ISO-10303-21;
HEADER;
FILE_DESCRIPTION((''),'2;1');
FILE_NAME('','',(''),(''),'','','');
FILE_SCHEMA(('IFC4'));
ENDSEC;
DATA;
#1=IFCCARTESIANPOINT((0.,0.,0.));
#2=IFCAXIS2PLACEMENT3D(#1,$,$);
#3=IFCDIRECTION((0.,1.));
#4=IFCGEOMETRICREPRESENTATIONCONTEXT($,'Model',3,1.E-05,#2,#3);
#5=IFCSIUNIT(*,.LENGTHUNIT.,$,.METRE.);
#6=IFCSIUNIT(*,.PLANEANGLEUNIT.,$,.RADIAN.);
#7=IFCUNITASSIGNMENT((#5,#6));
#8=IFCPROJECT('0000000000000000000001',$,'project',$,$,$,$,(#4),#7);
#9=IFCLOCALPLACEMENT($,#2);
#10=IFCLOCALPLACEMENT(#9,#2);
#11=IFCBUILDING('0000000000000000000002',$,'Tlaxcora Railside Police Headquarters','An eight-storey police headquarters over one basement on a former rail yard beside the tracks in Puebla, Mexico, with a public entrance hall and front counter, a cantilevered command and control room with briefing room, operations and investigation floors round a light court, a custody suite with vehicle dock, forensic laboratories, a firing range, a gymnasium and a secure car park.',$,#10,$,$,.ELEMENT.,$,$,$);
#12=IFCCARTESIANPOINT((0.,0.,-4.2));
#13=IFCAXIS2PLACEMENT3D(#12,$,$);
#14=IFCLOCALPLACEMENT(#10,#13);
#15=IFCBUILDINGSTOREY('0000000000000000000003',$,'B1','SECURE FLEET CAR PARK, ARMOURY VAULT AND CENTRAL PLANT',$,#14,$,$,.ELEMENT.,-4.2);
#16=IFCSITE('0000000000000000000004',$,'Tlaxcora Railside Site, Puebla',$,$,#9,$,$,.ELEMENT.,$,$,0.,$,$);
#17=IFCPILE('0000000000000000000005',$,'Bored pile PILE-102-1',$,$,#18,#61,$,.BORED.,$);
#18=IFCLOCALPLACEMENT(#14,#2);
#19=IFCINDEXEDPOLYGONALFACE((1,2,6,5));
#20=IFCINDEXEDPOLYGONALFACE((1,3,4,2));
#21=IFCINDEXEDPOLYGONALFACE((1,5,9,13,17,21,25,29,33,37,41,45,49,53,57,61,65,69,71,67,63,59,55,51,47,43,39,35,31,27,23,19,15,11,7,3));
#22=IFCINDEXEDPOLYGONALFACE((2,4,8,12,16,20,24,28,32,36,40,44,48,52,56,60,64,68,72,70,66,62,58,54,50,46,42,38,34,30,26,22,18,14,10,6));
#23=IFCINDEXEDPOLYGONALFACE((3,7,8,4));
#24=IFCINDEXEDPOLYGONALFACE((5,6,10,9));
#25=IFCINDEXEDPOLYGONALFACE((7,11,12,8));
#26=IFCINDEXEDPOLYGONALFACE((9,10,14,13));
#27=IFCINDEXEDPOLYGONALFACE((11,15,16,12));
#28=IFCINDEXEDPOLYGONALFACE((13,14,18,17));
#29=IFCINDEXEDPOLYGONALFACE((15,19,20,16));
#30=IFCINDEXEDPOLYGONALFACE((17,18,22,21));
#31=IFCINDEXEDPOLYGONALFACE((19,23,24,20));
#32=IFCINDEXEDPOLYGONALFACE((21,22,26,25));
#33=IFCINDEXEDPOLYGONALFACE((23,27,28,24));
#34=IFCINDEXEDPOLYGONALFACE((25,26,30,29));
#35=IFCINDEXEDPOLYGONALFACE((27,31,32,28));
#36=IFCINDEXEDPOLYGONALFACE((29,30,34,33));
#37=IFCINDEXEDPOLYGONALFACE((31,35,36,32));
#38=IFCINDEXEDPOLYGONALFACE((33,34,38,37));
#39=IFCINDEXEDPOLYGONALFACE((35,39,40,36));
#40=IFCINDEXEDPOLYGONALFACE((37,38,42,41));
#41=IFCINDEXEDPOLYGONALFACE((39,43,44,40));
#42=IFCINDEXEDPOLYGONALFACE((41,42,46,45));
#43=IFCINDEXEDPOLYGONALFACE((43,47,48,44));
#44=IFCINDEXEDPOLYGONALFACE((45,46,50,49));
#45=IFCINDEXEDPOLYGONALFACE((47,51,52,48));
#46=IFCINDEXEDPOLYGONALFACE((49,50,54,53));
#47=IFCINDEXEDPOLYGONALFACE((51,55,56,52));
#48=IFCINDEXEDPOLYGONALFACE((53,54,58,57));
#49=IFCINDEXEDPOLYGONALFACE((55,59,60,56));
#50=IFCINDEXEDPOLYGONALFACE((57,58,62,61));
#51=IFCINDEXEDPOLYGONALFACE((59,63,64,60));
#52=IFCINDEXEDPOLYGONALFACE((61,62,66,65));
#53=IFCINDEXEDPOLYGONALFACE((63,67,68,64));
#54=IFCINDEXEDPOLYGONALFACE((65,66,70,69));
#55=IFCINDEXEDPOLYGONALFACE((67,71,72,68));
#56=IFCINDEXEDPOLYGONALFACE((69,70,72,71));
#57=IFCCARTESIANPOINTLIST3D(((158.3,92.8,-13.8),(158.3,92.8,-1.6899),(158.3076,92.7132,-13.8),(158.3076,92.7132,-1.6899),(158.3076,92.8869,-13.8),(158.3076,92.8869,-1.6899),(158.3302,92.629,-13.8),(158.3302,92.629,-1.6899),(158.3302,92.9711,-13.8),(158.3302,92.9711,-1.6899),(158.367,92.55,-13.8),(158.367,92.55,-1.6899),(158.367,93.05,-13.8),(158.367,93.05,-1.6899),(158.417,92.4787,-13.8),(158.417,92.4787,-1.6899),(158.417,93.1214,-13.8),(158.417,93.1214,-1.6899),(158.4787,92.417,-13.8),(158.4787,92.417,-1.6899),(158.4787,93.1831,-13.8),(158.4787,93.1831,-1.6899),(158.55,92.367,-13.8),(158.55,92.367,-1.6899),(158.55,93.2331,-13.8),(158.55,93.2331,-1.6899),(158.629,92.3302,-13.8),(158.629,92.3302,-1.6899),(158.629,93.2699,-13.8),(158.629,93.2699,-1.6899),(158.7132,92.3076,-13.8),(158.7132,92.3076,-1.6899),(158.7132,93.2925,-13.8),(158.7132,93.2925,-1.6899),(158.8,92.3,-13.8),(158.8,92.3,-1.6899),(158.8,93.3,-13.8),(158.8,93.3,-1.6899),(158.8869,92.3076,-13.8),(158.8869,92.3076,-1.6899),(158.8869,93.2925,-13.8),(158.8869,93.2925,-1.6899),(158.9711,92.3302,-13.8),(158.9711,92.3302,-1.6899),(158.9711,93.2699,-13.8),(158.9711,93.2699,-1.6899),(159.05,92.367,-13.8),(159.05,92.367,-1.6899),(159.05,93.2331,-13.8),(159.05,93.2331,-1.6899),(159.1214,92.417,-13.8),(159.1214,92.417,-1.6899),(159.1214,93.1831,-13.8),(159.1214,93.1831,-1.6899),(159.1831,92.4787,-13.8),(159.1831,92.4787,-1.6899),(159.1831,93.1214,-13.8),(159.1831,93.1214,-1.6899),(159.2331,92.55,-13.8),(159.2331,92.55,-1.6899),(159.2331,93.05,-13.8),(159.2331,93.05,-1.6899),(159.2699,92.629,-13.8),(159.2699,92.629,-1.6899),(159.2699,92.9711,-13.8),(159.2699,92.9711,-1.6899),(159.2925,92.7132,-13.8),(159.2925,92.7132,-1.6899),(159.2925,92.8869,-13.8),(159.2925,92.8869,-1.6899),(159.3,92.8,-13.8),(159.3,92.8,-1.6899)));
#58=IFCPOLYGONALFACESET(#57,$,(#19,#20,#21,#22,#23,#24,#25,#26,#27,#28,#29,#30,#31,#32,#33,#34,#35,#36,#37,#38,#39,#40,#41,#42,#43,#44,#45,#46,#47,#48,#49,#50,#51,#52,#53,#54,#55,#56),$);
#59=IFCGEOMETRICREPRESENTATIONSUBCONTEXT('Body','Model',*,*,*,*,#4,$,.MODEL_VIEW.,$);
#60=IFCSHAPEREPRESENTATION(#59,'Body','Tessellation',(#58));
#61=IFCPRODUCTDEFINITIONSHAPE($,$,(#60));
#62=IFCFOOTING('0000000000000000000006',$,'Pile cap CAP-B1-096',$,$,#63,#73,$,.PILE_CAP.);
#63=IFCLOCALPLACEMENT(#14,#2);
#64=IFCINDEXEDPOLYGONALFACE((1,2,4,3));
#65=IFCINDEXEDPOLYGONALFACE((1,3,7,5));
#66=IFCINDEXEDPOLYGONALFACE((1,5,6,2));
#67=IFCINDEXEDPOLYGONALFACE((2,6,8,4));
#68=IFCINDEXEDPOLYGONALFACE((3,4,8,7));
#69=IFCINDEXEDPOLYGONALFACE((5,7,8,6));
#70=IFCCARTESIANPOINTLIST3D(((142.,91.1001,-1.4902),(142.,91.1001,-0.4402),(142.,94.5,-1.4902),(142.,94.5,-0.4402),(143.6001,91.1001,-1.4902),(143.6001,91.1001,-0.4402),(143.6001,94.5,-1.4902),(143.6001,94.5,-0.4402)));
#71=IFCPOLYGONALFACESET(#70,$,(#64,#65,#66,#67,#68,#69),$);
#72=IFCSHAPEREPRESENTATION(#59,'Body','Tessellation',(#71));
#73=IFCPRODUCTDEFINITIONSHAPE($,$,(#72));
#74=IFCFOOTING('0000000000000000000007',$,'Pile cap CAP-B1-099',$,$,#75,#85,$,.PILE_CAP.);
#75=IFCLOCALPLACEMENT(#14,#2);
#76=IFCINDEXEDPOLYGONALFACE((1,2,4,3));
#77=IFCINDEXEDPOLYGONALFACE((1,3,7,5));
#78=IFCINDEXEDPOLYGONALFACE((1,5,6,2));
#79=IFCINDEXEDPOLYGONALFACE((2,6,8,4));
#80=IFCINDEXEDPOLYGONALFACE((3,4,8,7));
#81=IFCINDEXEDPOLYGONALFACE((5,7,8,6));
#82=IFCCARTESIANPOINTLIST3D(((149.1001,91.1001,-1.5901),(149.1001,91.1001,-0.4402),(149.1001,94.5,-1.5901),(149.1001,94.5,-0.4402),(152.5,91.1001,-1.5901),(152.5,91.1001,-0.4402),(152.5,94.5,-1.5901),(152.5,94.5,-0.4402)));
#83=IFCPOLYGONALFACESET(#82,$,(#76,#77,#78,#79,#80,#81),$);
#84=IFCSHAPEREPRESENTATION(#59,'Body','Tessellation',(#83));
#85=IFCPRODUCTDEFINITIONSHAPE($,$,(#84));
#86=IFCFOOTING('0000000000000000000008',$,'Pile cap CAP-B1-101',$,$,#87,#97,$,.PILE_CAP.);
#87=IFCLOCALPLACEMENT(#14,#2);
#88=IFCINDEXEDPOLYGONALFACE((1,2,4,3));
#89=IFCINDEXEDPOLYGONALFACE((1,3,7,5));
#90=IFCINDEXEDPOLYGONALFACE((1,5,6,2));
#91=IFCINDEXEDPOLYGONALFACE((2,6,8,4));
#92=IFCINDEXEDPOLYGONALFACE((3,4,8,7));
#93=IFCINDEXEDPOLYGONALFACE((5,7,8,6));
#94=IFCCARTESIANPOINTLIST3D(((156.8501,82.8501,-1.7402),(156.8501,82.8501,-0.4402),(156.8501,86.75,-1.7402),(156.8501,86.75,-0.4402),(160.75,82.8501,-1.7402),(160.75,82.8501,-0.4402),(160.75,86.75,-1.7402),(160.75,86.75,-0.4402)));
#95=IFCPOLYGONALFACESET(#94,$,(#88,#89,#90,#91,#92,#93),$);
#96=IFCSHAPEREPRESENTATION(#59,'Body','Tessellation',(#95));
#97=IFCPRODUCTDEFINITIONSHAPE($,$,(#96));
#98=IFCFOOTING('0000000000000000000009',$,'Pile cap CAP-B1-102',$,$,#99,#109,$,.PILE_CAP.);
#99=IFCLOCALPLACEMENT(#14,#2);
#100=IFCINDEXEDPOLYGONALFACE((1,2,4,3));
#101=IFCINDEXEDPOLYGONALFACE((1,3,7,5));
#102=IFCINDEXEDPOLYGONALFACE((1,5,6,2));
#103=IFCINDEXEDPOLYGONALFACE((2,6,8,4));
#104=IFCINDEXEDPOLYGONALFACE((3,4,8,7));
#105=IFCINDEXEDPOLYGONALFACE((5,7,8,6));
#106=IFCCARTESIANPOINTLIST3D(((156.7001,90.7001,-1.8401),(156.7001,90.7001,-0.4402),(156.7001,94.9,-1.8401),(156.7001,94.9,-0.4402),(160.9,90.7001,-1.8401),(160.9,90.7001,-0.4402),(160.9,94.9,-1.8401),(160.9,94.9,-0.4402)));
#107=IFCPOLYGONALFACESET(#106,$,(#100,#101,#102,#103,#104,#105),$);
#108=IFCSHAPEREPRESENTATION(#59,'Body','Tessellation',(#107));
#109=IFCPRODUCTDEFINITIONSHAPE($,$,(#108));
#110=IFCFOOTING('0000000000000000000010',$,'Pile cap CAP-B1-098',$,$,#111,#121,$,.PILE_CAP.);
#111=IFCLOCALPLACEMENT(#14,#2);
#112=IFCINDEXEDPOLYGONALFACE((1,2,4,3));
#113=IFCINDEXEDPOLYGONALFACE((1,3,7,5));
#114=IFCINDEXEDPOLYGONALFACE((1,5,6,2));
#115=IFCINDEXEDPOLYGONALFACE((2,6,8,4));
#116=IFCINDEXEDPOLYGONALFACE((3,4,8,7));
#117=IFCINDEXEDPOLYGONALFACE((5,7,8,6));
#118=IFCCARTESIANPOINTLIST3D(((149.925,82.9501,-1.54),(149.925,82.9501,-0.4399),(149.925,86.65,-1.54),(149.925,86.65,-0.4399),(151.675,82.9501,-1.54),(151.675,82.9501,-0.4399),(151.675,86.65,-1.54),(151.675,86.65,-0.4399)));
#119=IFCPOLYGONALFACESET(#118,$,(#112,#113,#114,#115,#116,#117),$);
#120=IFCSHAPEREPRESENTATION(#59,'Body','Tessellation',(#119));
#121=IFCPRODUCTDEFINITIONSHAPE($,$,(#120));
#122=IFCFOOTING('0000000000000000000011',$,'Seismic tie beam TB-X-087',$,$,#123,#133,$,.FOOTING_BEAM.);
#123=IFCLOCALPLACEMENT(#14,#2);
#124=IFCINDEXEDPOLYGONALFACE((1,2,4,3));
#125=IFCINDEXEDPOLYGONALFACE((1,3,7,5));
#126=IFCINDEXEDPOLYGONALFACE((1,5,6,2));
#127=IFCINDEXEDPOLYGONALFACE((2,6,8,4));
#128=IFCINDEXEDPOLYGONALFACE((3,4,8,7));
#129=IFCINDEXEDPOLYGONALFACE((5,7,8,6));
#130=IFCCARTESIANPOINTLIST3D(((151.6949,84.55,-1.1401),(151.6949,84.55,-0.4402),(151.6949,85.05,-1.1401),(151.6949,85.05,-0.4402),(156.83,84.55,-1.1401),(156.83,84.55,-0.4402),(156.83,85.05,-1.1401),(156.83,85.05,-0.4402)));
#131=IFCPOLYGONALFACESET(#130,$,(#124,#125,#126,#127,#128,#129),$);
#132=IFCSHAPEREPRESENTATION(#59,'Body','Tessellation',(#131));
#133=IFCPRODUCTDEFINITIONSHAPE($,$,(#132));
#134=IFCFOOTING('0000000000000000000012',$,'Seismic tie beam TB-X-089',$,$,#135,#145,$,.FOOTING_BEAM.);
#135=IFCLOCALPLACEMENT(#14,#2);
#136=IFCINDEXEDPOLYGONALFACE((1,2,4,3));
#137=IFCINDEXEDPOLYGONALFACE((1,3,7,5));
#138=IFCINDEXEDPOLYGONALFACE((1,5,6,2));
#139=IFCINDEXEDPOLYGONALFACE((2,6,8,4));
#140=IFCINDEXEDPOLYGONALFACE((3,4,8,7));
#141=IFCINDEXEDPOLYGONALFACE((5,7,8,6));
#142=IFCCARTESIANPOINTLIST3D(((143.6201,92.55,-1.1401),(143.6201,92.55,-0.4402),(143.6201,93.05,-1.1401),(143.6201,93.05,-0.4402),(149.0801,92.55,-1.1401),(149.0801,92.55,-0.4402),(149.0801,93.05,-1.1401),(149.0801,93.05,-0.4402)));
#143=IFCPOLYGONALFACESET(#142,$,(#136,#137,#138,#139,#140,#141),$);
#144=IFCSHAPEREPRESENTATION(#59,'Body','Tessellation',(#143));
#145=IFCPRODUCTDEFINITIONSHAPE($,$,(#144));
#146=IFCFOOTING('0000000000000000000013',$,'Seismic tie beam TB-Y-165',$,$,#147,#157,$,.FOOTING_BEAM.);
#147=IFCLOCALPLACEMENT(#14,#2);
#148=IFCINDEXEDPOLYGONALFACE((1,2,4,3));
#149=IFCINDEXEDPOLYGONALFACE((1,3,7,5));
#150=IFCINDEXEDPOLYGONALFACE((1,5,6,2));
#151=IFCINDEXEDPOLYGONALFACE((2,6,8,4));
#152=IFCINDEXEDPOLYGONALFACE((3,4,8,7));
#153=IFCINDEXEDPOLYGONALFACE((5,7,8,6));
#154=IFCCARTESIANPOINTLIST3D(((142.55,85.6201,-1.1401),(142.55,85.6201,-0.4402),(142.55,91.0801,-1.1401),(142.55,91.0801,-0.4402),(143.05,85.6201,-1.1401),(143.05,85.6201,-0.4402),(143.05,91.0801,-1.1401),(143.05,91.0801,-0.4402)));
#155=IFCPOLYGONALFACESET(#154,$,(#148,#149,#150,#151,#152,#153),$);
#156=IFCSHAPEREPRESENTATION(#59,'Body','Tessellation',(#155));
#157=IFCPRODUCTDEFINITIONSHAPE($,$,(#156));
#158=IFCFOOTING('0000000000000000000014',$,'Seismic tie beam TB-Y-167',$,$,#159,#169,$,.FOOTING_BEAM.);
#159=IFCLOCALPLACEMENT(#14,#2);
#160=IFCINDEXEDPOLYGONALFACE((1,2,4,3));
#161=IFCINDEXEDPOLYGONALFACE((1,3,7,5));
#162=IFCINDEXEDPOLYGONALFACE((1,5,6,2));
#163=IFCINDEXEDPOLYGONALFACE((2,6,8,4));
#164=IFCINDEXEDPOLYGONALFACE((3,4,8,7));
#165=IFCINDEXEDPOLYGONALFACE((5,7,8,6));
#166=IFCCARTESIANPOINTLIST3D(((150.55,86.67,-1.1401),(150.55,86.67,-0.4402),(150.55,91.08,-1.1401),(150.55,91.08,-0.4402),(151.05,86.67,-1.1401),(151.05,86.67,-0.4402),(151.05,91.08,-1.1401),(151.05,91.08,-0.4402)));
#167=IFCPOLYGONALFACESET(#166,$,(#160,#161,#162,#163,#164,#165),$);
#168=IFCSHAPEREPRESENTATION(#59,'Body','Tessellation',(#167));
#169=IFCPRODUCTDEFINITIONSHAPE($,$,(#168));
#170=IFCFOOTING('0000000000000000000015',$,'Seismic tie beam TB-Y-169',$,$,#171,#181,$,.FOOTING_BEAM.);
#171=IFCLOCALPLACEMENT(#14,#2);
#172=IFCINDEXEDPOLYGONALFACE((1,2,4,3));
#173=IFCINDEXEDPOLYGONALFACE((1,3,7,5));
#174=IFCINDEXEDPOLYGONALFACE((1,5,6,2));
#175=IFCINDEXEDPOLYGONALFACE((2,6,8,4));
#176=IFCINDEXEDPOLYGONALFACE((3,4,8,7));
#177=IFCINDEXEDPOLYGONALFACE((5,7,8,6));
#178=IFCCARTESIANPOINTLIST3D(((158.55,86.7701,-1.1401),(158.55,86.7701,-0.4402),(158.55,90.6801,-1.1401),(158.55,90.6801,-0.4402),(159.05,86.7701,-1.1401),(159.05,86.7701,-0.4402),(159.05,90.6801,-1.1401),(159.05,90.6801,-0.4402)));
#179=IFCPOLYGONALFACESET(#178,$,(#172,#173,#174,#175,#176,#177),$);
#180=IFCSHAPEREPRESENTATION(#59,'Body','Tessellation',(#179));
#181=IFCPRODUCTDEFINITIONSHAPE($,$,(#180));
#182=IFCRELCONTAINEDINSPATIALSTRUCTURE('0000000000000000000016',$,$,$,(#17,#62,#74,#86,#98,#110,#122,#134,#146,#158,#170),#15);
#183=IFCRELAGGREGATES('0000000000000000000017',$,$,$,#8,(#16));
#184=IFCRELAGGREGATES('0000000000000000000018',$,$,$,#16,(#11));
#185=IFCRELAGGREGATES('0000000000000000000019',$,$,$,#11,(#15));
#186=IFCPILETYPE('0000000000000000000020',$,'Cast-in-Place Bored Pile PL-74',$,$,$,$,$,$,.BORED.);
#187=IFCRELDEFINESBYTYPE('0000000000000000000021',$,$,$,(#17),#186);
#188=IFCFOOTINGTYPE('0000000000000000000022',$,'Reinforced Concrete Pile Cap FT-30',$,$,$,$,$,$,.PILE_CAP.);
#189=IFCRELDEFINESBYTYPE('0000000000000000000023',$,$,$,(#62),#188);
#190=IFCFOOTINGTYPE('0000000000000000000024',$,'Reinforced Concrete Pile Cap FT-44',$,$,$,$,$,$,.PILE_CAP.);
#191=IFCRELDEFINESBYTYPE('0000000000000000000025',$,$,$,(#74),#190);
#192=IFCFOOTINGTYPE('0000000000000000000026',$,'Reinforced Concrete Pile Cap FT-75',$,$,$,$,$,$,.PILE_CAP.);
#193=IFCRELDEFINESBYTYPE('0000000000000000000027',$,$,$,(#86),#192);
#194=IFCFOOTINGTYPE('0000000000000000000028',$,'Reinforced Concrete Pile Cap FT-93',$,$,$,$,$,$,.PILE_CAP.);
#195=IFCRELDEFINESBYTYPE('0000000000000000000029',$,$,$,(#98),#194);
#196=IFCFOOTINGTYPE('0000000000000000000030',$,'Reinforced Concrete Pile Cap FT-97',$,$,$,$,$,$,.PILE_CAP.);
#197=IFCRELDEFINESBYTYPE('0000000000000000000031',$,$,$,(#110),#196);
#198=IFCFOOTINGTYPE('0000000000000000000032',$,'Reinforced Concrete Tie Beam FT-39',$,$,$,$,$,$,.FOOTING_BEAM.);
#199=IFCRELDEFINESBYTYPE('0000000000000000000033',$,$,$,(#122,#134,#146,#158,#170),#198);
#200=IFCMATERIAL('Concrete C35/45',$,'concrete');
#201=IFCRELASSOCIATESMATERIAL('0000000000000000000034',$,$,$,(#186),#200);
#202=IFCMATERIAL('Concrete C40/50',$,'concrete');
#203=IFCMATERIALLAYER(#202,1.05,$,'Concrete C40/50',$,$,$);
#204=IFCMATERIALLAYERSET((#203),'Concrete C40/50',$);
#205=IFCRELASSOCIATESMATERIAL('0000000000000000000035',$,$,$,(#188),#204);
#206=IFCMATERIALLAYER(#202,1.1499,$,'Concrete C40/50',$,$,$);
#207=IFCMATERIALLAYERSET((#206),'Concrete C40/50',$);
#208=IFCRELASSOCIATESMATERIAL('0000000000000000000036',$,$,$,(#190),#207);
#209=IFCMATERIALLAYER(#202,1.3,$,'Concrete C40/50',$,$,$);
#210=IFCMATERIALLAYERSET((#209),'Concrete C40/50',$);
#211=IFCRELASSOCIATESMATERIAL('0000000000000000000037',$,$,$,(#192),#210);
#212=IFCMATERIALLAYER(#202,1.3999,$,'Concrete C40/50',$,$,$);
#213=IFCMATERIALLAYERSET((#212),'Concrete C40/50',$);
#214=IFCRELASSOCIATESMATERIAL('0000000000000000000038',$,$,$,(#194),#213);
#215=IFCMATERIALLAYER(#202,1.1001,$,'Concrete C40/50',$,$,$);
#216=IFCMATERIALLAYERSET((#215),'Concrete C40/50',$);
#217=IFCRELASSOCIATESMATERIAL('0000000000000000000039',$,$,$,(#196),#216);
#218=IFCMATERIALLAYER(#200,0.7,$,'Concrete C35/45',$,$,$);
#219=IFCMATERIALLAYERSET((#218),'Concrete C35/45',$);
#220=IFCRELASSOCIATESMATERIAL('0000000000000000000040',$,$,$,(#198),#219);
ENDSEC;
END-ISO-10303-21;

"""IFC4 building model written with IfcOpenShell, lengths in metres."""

from ifc_helpers import new_model, si_unit, direction, frame, origin, origin_2d, place, context, subcontext, project, spatial, rectangle, circle, extrude, material, layer, layer_set, material_profile, profile_set, type_object, element, save


model = new_model("IFC4")

# Units and contexts
model_context = context("Model", 3, precision=1e-05, world=origin(), true_north=direction((0.0, 1.0)))
body_context = subcontext(model_context, "Body", "Model", "MODEL_VIEW")
ifc_project = project(units=[si_unit("LENGTHUNIT", "METRE"), si_unit("PLANEANGLEUNIT", "RADIAN")], contexts=[model_context])

# Site, building, storey
site_placement = place(None, origin())
site = spatial("IfcSite", under=ifc_project, at=site_placement, Name="Tlaxcora Railside Site, Puebla", CompositionType="ELEMENT", RefElevation=0.0)
building_placement = place(site_placement, origin())
building = spatial("IfcBuilding", under=site, at=building_placement, Name="Tlaxcora Railside Police Headquarters", Description="An eight-storey police headquarters over one basement on a former rail yard beside the tracks in Puebla, Mexico, with a public entrance hall and front counter, a cantilevered command and control room with briefing room, operations and investigation floors round a light court, a custody suite with vehicle dock, forensic laboratories, a firing range, a gymnasium and a secure car park.", CompositionType="ELEMENT")
storey_placement = place(building_placement, frame((0.0, 0.0, -4.2)))
storey = spatial("IfcBuildingStorey", under=building, at=storey_placement, Name="B1", Description="SECURE FLEET CAR PARK, ARMOURY VAULT AND CENTRAL PLANT", CompositionType="ELEMENT", Elevation=-4.2)

# Pile
ifc_material_1 = material(Name="Concrete C35/45", Category="concrete")
ifc_material_profile_1 = material_profile(ifc_material_1, circle(Radius=0.5, at=origin_2d()), Name="PILE1000")
ifc_profile_set_1 = profile_set([ifc_material_profile_1], Name="Concrete C35/45")
pile_type_1 = type_object("IfcPileType", Name="Cast-in-Place Bored Pile PL-74", PredefinedType="BORED", material=ifc_profile_set_1)
pile_1_placement = place(storey_placement, frame((158.8, 92.8, -1.6899), z_axis=(0.0, 0.0, -1.0), x_axis=(1.0, 0.0, 0.0)))
element("IfcPile", 1, at=pile_1_placement, inside=storey, type_object=pile_type_1, Name="Bored pile PILE-102-1", PredefinedType="BORED", context=body_context, shape_type="SweptSolid", body=[
    extrude(circle(Radius=0.5, at=origin_2d()), origin(), (0.0, 0.0, 1.0), 12.1101),
])

# Footings
ifc_material_2 = material(Name="Concrete C40/50", Category="concrete")
ifc_layer_1 = layer(ifc_material_2, 1.05, Name="Concrete C40/50")
ifc_layer_set_1 = layer_set([ifc_layer_1], Name="Concrete C40/50")
footing_type_1 = type_object("IfcFootingType", Name="Reinforced Concrete Pile Cap FT-30", PredefinedType="PILE_CAP", material=ifc_layer_set_1)
footing_1_placement = place(storey_placement, frame((142.8, 92.8, -1.4902), z_axis=(0.0, 0.0, 1.0), x_axis=(1.0, 0.0, 0.0)))
element("IfcFooting", 2, at=footing_1_placement, inside=storey, type_object=footing_type_1, Name="Pile cap CAP-B1-096", PredefinedType="PILE_CAP", context=body_context, shape_type="SweptSolid", body=[
    extrude(rectangle(XDim=1.6001, YDim=3.3999, at=origin_2d()), origin(), (0.0, 0.0, 1.0), 1.05),
])
ifc_layer_2 = layer(ifc_material_2, 1.1499, Name="Concrete C40/50")
ifc_layer_set_2 = layer_set([ifc_layer_2], Name="Concrete C40/50")
footing_type_2 = type_object("IfcFootingType", Name="Reinforced Concrete Pile Cap FT-44", PredefinedType="PILE_CAP", material=ifc_layer_set_2)
footing_2_placement = place(storey_placement, frame((150.8, 92.8, -1.5901), z_axis=(0.0, 0.0, 1.0), x_axis=(1.0, 0.0, 0.0)))
element("IfcFooting", 3, at=footing_2_placement, inside=storey, type_object=footing_type_2, Name="Pile cap CAP-B1-099", PredefinedType="PILE_CAP", context=body_context, shape_type="SweptSolid", body=[
    extrude(rectangle(XDim=3.3999, YDim=3.3999, at=origin_2d()), origin(), (0.0, 0.0, 1.0), 1.1499),
])
ifc_layer_3 = layer(ifc_material_2, 1.3, Name="Concrete C40/50")
ifc_layer_set_3 = layer_set([ifc_layer_3], Name="Concrete C40/50")
footing_type_3 = type_object("IfcFootingType", Name="Reinforced Concrete Pile Cap FT-75", PredefinedType="PILE_CAP", material=ifc_layer_set_3)
footing_3_placement = place(storey_placement, frame((158.8, 84.8, -1.7402), z_axis=(0.0, 0.0, 1.0), x_axis=(1.0, 0.0, 0.0)))
element("IfcFooting", 4, at=footing_3_placement, inside=storey, type_object=footing_type_3, Name="Pile cap CAP-B1-101", PredefinedType="PILE_CAP", context=body_context, shape_type="SweptSolid", body=[
    extrude(rectangle(XDim=3.8999, YDim=3.8999, at=origin_2d()), origin(), (0.0, 0.0, 1.0), 1.3),
])
ifc_layer_4 = layer(ifc_material_2, 1.3999, Name="Concrete C40/50")
ifc_layer_set_4 = layer_set([ifc_layer_4], Name="Concrete C40/50")
footing_type_4 = type_object("IfcFootingType", Name="Reinforced Concrete Pile Cap FT-93", PredefinedType="PILE_CAP", material=ifc_layer_set_4)
footing_4_placement = place(storey_placement, frame((158.8, 92.8, -1.8401), z_axis=(0.0, 0.0, 1.0), x_axis=(1.0, 0.0, 0.0)))
element("IfcFooting", 5, at=footing_4_placement, inside=storey, type_object=footing_type_4, Name="Pile cap CAP-B1-102", PredefinedType="PILE_CAP", context=body_context, shape_type="SweptSolid", body=[
    extrude(rectangle(XDim=4.2, YDim=4.2, at=origin_2d()), origin(), (0.0, 0.0, 1.0), 1.3999),
])
ifc_layer_5 = layer(ifc_material_2, 1.1001, Name="Concrete C40/50")
ifc_layer_set_5 = layer_set([ifc_layer_5], Name="Concrete C40/50")
footing_type_5 = type_object("IfcFootingType", Name="Reinforced Concrete Pile Cap FT-97", PredefinedType="PILE_CAP", material=ifc_layer_set_5)
footing_5_placement = place(storey_placement, frame((150.8, 84.8, -1.54), z_axis=(0.0, 0.0, 1.0), x_axis=(1.0, 0.0, 0.0)))
element("IfcFooting", 6, at=footing_5_placement, inside=storey, type_object=footing_type_5, Name="Pile cap CAP-B1-098", PredefinedType="PILE_CAP", context=body_context, shape_type="SweptSolid", body=[
    extrude(rectangle(XDim=1.75, YDim=3.7, at=origin_2d()), origin(), (0.0, 0.0, 1.0), 1.1001),
])
ifc_layer_6 = layer(ifc_material_1, 0.7, Name="Concrete C35/45")
ifc_layer_set_6 = layer_set([ifc_layer_6], Name="Concrete C35/45")
footing_type_6 = type_object("IfcFootingType", Name="Reinforced Concrete Tie Beam FT-39", PredefinedType="FOOTING_BEAM", material=ifc_layer_set_6)
footing_6_placement = place(storey_placement, frame((154.2625, 84.8, -1.1401), z_axis=(0.0, 0.0, 1.0), x_axis=(1.0, 0.0, 0.0)))
element("IfcFooting", 7, at=footing_6_placement, inside=storey, type_object=footing_type_6, Name="Seismic tie beam TB-X-087", PredefinedType="FOOTING_BEAM", context=body_context, shape_type="SweptSolid", body=[
    extrude(rectangle(XDim=5.135, YDim=0.5, at=origin_2d()), origin(), (0.0, 0.0, 1.0), 0.7),
])
for number, where, z_axis, x_axis, name in (
    (8, (146.3501, 92.8, -1.1401), (0.0, 0.0, 1.0), (1.0, 0.0, 0.0), "Seismic tie beam TB-X-089"),
    (9, (142.8, 88.3501, -1.1401), (0.0, 0.0, 1.0), (0.0, 1.0, 0.0), "Seismic tie beam TB-Y-165"),
):
    element("IfcFooting", number, at=place(storey_placement, frame(where, z_axis=z_axis, x_axis=x_axis)), inside=storey, type_object=footing_type_6, Name=name, PredefinedType="FOOTING_BEAM", context=body_context, shape_type="SweptSolid", body=[
        extrude(rectangle(XDim=5.46, YDim=0.5, at=origin_2d()), origin(), (0.0, 0.0, 1.0), 0.7),
    ])
footing_7_placement = place(storey_placement, frame((150.8, 88.875, -1.1401), z_axis=(0.0, 0.0, 1.0), x_axis=(0.0, 1.0, 0.0)))
element("IfcFooting", 10, at=footing_7_placement, inside=storey, type_object=footing_type_6, Name="Seismic tie beam TB-Y-167", PredefinedType="FOOTING_BEAM", context=body_context, shape_type="SweptSolid", body=[
    extrude(rectangle(XDim=4.4099, YDim=0.5, at=origin_2d()), origin(), (0.0, 0.0, 1.0), 0.7),
])
footing_8_placement = place(storey_placement, frame((158.8, 88.7251, -1.1401), z_axis=(0.0, 0.0, 1.0), x_axis=(0.0, 1.0, 0.0)))
element("IfcFooting", 11, at=footing_8_placement, inside=storey, type_object=footing_type_6, Name="Seismic tie beam TB-Y-169", PredefinedType="FOOTING_BEAM", context=body_context, shape_type="SweptSolid", body=[
    extrude(rectangle(XDim=3.9099, YDim=0.5, at=origin_2d()), origin(), (0.0, 0.0, 1.0), 0.7),
])

save(model, "model.ifc")
